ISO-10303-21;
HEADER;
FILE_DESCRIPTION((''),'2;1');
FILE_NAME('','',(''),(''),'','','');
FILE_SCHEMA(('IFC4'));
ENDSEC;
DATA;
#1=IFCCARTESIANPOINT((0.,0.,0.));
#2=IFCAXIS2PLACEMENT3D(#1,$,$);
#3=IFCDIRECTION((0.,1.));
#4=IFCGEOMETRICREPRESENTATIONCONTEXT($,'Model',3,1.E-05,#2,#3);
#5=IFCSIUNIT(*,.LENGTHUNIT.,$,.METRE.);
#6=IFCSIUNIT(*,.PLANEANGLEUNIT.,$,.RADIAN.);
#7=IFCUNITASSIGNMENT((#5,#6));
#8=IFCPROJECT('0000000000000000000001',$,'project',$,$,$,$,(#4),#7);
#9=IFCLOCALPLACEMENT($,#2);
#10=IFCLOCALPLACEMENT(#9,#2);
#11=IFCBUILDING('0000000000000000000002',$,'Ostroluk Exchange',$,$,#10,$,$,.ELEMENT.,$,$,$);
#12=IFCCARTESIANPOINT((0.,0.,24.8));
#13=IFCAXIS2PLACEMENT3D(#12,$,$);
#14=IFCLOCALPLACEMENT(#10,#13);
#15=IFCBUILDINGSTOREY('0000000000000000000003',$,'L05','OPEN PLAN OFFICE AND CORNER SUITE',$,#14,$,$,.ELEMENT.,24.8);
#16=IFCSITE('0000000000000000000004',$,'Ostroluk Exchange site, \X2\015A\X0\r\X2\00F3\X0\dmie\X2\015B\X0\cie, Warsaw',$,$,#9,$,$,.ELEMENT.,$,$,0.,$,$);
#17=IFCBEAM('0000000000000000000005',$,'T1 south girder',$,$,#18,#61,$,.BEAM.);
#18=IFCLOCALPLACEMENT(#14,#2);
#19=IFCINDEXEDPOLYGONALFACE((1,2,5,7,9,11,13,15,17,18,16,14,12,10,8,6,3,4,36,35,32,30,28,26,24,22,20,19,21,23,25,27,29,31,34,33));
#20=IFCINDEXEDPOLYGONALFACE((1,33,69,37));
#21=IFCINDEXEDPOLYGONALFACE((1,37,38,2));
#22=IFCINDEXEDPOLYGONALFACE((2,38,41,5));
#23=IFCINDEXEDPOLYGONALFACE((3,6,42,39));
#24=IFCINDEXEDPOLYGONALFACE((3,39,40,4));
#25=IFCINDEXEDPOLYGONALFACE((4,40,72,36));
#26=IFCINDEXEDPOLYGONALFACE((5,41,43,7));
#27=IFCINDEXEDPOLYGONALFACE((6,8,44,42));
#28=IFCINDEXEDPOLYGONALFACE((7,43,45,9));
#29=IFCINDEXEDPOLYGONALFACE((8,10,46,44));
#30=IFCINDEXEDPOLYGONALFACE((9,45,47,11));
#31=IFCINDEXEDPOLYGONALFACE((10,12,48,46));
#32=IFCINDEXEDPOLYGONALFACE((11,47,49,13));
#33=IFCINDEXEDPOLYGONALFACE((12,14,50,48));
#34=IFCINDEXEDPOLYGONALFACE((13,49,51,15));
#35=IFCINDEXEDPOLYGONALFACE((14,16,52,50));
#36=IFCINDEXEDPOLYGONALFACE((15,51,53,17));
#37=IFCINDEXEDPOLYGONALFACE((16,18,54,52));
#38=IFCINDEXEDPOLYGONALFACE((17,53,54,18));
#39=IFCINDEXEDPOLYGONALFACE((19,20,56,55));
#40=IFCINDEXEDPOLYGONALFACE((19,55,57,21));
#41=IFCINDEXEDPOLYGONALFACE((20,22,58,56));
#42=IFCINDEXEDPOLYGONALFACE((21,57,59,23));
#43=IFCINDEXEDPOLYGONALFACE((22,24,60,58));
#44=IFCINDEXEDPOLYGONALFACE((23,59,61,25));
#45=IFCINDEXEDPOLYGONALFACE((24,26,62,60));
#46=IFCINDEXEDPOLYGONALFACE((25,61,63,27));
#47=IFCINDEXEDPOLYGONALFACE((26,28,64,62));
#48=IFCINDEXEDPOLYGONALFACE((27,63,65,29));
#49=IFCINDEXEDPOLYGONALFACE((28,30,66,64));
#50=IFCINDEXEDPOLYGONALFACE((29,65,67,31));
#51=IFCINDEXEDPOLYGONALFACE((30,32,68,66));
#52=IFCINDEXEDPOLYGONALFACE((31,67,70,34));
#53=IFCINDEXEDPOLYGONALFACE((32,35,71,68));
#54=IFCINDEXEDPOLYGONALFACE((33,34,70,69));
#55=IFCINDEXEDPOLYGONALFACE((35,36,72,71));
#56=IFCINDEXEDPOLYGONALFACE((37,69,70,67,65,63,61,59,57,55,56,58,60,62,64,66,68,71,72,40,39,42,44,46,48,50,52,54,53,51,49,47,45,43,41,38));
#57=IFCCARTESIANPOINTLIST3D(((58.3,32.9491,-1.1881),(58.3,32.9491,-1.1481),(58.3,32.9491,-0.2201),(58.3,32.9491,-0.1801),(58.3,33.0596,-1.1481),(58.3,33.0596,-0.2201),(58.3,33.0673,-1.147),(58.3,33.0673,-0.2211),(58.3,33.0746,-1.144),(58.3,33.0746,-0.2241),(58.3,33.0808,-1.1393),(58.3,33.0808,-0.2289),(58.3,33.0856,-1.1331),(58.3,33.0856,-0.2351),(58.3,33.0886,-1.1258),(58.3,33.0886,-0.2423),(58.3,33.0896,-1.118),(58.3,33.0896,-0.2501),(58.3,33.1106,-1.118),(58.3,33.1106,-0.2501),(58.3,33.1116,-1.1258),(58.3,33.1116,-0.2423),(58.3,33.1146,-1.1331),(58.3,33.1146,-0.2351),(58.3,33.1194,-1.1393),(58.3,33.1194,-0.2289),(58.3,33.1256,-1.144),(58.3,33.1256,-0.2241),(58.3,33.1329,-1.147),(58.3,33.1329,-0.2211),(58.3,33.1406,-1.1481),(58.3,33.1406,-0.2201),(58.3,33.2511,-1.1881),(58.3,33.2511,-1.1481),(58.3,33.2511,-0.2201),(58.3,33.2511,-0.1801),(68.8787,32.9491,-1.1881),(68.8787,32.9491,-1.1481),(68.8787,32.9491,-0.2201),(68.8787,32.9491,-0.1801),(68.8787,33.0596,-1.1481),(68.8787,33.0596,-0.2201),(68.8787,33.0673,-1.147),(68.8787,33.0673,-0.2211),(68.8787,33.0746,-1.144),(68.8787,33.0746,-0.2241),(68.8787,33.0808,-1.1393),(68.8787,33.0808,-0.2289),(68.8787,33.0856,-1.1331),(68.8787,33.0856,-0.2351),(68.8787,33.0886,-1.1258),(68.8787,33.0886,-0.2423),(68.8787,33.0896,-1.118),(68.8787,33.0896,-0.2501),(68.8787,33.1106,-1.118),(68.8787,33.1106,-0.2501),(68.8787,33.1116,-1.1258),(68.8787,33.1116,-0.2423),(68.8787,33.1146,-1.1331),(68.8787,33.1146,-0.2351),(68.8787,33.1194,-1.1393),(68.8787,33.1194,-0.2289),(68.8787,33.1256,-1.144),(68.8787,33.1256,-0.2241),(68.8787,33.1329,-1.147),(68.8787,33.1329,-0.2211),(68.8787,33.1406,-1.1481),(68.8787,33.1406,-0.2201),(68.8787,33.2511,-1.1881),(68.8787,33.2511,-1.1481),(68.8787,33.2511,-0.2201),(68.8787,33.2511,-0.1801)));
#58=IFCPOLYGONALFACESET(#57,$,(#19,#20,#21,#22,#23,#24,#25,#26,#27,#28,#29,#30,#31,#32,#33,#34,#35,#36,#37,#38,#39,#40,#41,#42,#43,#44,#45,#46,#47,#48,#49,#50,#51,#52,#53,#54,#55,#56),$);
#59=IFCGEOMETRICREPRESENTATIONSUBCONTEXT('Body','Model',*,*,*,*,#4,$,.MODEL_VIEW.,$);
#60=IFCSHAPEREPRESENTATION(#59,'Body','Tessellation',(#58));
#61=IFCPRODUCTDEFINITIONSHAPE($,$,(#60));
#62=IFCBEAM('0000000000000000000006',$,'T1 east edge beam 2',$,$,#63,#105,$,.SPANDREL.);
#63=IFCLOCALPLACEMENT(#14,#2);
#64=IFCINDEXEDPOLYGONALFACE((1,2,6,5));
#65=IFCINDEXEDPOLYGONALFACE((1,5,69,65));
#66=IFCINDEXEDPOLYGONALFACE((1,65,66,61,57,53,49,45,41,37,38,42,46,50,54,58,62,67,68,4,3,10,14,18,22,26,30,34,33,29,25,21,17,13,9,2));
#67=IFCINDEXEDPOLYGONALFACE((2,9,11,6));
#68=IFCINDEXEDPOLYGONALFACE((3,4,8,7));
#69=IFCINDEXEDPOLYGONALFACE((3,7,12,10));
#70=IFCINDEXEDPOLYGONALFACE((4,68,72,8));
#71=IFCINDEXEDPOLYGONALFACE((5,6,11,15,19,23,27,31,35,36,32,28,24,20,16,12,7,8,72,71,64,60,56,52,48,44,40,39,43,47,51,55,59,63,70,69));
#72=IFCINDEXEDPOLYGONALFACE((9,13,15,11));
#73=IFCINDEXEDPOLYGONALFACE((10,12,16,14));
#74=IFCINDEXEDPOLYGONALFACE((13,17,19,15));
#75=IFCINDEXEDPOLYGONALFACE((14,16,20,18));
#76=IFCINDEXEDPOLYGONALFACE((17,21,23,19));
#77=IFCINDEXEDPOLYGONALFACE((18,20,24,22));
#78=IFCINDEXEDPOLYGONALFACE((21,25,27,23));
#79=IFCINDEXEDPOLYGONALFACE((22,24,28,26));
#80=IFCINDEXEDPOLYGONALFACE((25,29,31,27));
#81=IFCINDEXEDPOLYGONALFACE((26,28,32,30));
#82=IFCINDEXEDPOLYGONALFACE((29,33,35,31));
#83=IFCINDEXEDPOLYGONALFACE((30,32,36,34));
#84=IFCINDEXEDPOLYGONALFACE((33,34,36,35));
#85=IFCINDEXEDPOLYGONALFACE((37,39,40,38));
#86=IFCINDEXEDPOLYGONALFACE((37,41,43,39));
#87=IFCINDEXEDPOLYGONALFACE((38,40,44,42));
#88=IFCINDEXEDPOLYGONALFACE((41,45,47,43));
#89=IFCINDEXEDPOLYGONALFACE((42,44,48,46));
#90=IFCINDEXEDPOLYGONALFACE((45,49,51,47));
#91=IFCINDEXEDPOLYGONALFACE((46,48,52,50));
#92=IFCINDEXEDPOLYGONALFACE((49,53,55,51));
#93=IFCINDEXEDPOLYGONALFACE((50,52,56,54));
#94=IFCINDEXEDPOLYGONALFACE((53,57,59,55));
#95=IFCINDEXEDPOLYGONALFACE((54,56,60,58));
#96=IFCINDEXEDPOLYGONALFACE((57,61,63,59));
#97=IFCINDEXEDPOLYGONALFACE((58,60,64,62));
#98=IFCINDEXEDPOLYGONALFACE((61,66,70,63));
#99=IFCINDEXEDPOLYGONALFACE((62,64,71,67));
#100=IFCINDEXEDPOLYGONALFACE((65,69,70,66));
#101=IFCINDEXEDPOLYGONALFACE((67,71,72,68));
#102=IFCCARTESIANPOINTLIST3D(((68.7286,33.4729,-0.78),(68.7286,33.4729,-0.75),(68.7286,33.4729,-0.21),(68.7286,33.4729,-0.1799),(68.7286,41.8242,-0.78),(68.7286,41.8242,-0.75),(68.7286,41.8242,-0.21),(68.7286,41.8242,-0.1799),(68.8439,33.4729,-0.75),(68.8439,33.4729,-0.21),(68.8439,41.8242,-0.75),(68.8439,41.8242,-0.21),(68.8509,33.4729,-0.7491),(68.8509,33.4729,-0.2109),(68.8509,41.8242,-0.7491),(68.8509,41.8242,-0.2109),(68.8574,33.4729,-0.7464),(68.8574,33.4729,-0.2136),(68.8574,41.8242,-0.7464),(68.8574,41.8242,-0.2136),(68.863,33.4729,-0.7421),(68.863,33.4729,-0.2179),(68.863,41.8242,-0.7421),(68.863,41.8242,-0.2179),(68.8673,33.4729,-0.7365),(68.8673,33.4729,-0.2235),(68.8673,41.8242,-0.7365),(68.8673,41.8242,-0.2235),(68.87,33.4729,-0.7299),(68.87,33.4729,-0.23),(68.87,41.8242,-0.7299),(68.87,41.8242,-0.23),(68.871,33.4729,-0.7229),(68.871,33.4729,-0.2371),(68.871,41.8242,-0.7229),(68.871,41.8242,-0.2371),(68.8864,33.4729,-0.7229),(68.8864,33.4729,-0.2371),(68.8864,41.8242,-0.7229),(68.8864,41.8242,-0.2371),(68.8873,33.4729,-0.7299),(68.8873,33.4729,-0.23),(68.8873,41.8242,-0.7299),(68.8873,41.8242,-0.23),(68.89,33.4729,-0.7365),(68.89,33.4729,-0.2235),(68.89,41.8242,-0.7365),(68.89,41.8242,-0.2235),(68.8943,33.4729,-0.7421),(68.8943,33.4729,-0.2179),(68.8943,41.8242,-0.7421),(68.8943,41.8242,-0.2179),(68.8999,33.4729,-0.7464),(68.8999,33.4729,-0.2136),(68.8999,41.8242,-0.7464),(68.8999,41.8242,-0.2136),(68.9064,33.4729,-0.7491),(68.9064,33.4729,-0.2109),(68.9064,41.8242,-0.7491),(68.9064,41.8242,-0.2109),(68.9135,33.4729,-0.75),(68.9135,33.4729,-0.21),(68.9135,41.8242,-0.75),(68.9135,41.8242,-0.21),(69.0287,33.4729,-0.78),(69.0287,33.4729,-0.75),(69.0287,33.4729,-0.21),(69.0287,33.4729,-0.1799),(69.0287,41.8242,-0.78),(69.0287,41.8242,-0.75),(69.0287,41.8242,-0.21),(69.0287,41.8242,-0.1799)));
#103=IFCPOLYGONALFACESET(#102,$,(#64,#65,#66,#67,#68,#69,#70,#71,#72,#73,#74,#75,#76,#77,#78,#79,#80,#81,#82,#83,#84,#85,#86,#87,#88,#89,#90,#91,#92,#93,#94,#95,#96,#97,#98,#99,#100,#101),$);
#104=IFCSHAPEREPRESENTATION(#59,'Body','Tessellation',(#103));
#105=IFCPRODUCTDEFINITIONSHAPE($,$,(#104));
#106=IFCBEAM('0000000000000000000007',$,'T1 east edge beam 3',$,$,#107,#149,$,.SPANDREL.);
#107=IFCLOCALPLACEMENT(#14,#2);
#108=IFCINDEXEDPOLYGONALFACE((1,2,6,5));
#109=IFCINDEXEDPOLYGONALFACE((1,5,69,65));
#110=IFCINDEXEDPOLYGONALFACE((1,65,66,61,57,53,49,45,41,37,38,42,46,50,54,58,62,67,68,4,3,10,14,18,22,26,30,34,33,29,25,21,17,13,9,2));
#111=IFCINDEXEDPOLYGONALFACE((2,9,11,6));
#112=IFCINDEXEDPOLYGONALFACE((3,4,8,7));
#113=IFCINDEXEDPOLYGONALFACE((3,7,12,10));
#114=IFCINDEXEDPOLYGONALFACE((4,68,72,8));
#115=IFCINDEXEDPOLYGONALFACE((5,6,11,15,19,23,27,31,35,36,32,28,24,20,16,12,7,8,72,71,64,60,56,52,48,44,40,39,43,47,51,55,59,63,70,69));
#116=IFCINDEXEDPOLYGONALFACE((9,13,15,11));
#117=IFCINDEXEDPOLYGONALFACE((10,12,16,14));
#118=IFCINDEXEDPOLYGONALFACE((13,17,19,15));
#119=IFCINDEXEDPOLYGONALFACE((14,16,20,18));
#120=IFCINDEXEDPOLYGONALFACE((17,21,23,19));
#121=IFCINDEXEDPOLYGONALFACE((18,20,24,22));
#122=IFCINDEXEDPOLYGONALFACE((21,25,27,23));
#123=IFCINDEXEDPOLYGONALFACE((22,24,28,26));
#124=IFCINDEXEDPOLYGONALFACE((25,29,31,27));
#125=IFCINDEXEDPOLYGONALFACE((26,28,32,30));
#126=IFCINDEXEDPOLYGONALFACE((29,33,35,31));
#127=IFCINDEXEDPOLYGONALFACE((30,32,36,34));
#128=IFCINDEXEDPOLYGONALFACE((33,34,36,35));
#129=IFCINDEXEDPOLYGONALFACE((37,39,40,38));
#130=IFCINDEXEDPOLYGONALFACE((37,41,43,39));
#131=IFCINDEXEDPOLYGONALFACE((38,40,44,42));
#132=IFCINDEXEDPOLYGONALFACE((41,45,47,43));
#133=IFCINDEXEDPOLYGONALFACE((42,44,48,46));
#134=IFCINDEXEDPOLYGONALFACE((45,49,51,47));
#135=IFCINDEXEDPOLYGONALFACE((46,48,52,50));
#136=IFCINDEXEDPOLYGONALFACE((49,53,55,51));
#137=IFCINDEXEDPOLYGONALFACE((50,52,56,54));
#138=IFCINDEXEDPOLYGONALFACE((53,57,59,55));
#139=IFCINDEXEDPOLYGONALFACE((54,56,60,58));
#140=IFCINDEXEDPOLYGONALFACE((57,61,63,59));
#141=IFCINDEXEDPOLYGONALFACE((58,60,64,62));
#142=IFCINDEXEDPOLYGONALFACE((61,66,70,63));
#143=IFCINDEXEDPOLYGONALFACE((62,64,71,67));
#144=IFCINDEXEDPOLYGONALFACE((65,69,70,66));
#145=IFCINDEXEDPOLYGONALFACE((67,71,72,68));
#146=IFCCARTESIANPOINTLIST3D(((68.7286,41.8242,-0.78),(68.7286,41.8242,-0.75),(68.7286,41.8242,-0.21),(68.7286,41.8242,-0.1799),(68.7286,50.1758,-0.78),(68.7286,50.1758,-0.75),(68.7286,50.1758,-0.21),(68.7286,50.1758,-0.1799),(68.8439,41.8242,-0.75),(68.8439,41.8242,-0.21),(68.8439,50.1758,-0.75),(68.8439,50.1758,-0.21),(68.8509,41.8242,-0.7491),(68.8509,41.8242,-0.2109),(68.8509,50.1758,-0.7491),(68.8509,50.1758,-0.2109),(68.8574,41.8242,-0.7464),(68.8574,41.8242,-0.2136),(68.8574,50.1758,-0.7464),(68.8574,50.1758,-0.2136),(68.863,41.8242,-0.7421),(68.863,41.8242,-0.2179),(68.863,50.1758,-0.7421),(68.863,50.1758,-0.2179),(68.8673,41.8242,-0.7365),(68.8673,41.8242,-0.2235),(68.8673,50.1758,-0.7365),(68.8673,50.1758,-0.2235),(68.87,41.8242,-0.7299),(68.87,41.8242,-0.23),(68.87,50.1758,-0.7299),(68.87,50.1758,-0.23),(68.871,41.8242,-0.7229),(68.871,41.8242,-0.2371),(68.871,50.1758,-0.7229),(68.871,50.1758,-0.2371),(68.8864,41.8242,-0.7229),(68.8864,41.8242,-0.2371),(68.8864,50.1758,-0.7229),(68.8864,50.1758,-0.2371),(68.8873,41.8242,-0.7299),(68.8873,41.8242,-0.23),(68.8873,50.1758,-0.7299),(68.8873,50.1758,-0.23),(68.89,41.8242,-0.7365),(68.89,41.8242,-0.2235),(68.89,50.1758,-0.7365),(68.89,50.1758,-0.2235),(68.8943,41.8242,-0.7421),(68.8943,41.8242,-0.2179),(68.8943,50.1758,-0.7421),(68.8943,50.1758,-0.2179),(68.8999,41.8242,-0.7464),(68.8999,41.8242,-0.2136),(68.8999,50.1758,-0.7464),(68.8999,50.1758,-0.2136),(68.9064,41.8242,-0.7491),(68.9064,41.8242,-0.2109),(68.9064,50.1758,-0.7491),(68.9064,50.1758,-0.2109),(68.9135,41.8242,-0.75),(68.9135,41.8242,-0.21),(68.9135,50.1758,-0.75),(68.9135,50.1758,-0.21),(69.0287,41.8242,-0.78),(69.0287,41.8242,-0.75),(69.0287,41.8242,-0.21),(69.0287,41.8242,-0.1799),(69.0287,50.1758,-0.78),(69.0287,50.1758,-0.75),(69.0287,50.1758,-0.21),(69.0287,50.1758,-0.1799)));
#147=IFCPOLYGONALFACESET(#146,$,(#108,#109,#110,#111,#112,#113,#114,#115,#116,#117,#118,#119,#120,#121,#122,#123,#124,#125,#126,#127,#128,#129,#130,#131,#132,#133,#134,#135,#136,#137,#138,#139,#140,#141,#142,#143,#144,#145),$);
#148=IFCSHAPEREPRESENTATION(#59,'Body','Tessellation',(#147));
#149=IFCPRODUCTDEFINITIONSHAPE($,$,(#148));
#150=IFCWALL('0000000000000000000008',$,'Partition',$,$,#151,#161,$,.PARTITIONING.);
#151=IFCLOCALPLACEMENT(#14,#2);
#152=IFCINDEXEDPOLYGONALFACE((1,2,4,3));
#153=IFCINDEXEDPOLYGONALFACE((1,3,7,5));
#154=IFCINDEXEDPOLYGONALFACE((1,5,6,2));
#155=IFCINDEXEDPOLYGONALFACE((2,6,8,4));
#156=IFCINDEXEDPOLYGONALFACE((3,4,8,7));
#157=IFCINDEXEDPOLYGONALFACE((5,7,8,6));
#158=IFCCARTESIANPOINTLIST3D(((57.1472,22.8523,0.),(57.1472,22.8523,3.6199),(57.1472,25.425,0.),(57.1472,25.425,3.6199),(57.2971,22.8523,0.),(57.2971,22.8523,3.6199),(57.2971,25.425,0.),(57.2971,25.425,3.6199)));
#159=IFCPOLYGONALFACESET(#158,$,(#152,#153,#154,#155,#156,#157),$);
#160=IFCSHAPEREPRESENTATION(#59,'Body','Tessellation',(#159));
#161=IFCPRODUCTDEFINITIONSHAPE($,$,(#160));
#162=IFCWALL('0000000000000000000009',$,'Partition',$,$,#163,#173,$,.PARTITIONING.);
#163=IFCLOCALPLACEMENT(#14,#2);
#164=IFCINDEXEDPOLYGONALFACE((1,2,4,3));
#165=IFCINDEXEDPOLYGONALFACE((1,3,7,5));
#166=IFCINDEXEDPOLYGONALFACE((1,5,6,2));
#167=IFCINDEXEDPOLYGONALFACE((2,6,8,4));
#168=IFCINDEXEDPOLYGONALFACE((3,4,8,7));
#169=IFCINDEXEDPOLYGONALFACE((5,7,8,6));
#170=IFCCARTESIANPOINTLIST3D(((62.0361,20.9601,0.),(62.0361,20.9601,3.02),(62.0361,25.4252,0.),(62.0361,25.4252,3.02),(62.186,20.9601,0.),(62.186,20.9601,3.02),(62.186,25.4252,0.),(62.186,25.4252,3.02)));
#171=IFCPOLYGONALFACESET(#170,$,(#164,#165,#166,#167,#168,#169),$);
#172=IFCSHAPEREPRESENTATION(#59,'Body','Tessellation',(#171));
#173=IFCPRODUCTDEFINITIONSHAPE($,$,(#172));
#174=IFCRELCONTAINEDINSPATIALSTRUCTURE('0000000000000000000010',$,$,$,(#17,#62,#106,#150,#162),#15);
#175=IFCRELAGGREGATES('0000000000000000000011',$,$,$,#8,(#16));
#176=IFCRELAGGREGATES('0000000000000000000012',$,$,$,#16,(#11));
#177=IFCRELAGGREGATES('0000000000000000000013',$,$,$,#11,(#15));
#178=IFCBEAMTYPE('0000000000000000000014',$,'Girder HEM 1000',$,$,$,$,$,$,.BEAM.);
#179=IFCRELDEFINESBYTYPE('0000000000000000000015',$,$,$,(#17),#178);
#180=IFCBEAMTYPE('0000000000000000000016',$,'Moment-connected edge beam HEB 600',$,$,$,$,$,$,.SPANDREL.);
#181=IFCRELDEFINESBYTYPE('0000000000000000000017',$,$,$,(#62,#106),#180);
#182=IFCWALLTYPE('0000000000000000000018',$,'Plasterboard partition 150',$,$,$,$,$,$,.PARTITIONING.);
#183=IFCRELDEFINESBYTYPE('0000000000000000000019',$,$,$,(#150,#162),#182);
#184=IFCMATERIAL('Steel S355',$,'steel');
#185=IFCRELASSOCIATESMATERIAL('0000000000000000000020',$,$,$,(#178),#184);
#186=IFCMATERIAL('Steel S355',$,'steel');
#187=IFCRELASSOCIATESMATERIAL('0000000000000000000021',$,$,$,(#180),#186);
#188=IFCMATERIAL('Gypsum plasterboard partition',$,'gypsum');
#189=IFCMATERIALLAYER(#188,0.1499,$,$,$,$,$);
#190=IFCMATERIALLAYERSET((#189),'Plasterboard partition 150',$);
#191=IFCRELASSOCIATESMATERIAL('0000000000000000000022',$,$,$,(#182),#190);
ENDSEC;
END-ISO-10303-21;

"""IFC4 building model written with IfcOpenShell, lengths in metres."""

from ifc_helpers import new_model, si_unit, direction, frame, frame_2d, origin, origin_2d, place, context, subcontext, project, spatial, rectangle, i_section, extrude, material, layer, layer_set, material_profile, profile_set, type_object, element, save


model = new_model("IFC4")

# Units and contexts
model_context = context("Model", 3, precision=1e-05, world=origin(), true_north=direction((0.0, 1.0)))
body_context = subcontext(model_context, "Body", "Model", "MODEL_VIEW")
ifc_project = project(units=[si_unit("LENGTHUNIT", "METRE"), si_unit("PLANEANGLEUNIT", "RADIAN")], contexts=[model_context])

# Site, building, storey
site_placement = place(None, origin())
site = spatial("IfcSite", under=ifc_project, at=site_placement, Name="Ostroluk Exchange site, Śródmieście, Warsaw", CompositionType="ELEMENT", RefElevation=0.0)
building_placement = place(site_placement, origin())
building = spatial("IfcBuilding", under=site, at=building_placement, Name="Ostroluk Exchange", CompositionType="ELEMENT")
storey_placement = place(building_placement, frame((0.0, 0.0, 24.8)))
storey = spatial("IfcBuildingStorey", under=building, at=storey_placement, Name="L05", Description="OPEN PLAN OFFICE AND CORNER SUITE", CompositionType="ELEMENT", Elevation=24.8)

# Beams
ifc_material_1 = material(Name="Steel S355", Category="steel")
ifc_material_profile_1 = material_profile(ifc_material_1, i_section(OverallWidth=0.302, OverallDepth=1.0081, WebThickness=0.021, FlangeThickness=0.04, FilletRadius=0.03, at=origin_2d()), Name="HEM 1000")
ifc_profile_set_1 = profile_set([ifc_material_profile_1], Name="Steel S355")
beam_type_1 = type_object("IfcBeamType", Name="Girder HEM 1000", PredefinedType="BEAM", material=ifc_profile_set_1)
beam_1_placement = place(storey_placement, frame((58.3, 33.1001, -0.6841), z_axis=(1.0, 0.0, 0.0), x_axis=(0.0, 1.0, 0.0)))
element("IfcBeam", 1, at=beam_1_placement, inside=storey, type_object=beam_type_1, Name="T1 south girder", PredefinedType="BEAM", context=body_context, shape_type="SweptSolid", body=[
    extrude(i_section(OverallWidth=0.302, OverallDepth=1.0081, WebThickness=0.021, FlangeThickness=0.04, FilletRadius=0.03, at=origin_2d()), origin(), (0.0, 0.0, 1.0), 10.5786),
])
ifc_material_2 = material(Name="Steel S355", Category="steel")
ifc_material_profile_2 = material_profile(ifc_material_2, i_section(OverallWidth=0.3, OverallDepth=0.6001, WebThickness=0.0154, FlangeThickness=0.03, FilletRadius=0.0271, at=origin_2d()), Name="HEB 600")
ifc_profile_set_2 = profile_set([ifc_material_profile_2], Name="Steel S355")
beam_type_2 = type_object("IfcBeamType", Name="Moment-connected edge beam HEB 600", PredefinedType="SPANDREL", material=ifc_profile_set_2)
beam_2_placement = place(storey_placement, frame((68.8787, 33.4729, -0.48), z_axis=(0.0, 1.0, 0.0), x_axis=(-1.0, 0.0, 0.0)))
element("IfcBeam", 2, at=beam_2_placement, inside=storey, type_object=beam_type_2, Name="T1 east edge beam 2", PredefinedType="SPANDREL", context=body_context, shape_type="SweptSolid", body=[
    extrude(i_section(OverallWidth=0.3, OverallDepth=0.6001, WebThickness=0.0154, FlangeThickness=0.03, FilletRadius=0.0271, at=origin_2d()), origin(), (0.0, 0.0, 1.0), 8.3513),
])
beam_3_placement = place(storey_placement, frame((68.8787, 41.8242, -0.48), z_axis=(0.0, 1.0, 0.0), x_axis=(-1.0, 0.0, 0.0)))
element("IfcBeam", 3, at=beam_3_placement, inside=storey, type_object=beam_type_2, Name="T1 east edge beam 3", PredefinedType="SPANDREL", context=body_context, shape_type="SweptSolid", body=[
    extrude(i_section(OverallWidth=0.3, OverallDepth=0.6001, WebThickness=0.0154, FlangeThickness=0.03, FilletRadius=0.0271, at=origin_2d()), origin(), (0.0, 0.0, 1.0), 8.3516),
])

# Walls
ifc_material_3 = material(Name="Gypsum plasterboard partition", Category="gypsum")
ifc_layer_1 = layer(ifc_material_3, 0.1499)
ifc_layer_set_1 = layer_set([ifc_layer_1], Name="Plasterboard partition 150")
wall_type_1 = type_object("IfcWallType", Name="Plasterboard partition 150", PredefinedType="PARTITIONING", material=ifc_layer_set_1)
wall_1_placement = place(storey_placement, frame((57.2222, 25.425, 0.0), z_axis=(0.0, 0.0, 1.0), x_axis=(0.0, -1.0, 0.0)))
element("IfcWall", 4, at=wall_1_placement, inside=storey, type_object=wall_type_1, Name="Partition", PredefinedType="PARTITIONING", context=body_context, shape_type="SweptSolid", body=[
    extrude(rectangle(XDim=2.5728, YDim=0.1499, at=frame_2d((1.2864, 0.0))), origin(), (0.0, 0.0, 1.0), 3.6199),
])
wall_2_placement = place(storey_placement, frame((62.1111, 25.425, 0.0), z_axis=(0.0, 0.0, 1.0), x_axis=(0.0, -1.0, 0.0)))
element("IfcWall", 5, at=wall_2_placement, inside=storey, type_object=wall_type_1, Name="Partition", PredefinedType="PARTITIONING", context=body_context, shape_type="SweptSolid", body=[
    extrude(rectangle(XDim=4.4651, YDim=0.1499, at=frame_2d((2.2324, 0.0))), origin(), (0.0, 0.0, 1.0), 3.02),
])

save(model, "model.ifc")
